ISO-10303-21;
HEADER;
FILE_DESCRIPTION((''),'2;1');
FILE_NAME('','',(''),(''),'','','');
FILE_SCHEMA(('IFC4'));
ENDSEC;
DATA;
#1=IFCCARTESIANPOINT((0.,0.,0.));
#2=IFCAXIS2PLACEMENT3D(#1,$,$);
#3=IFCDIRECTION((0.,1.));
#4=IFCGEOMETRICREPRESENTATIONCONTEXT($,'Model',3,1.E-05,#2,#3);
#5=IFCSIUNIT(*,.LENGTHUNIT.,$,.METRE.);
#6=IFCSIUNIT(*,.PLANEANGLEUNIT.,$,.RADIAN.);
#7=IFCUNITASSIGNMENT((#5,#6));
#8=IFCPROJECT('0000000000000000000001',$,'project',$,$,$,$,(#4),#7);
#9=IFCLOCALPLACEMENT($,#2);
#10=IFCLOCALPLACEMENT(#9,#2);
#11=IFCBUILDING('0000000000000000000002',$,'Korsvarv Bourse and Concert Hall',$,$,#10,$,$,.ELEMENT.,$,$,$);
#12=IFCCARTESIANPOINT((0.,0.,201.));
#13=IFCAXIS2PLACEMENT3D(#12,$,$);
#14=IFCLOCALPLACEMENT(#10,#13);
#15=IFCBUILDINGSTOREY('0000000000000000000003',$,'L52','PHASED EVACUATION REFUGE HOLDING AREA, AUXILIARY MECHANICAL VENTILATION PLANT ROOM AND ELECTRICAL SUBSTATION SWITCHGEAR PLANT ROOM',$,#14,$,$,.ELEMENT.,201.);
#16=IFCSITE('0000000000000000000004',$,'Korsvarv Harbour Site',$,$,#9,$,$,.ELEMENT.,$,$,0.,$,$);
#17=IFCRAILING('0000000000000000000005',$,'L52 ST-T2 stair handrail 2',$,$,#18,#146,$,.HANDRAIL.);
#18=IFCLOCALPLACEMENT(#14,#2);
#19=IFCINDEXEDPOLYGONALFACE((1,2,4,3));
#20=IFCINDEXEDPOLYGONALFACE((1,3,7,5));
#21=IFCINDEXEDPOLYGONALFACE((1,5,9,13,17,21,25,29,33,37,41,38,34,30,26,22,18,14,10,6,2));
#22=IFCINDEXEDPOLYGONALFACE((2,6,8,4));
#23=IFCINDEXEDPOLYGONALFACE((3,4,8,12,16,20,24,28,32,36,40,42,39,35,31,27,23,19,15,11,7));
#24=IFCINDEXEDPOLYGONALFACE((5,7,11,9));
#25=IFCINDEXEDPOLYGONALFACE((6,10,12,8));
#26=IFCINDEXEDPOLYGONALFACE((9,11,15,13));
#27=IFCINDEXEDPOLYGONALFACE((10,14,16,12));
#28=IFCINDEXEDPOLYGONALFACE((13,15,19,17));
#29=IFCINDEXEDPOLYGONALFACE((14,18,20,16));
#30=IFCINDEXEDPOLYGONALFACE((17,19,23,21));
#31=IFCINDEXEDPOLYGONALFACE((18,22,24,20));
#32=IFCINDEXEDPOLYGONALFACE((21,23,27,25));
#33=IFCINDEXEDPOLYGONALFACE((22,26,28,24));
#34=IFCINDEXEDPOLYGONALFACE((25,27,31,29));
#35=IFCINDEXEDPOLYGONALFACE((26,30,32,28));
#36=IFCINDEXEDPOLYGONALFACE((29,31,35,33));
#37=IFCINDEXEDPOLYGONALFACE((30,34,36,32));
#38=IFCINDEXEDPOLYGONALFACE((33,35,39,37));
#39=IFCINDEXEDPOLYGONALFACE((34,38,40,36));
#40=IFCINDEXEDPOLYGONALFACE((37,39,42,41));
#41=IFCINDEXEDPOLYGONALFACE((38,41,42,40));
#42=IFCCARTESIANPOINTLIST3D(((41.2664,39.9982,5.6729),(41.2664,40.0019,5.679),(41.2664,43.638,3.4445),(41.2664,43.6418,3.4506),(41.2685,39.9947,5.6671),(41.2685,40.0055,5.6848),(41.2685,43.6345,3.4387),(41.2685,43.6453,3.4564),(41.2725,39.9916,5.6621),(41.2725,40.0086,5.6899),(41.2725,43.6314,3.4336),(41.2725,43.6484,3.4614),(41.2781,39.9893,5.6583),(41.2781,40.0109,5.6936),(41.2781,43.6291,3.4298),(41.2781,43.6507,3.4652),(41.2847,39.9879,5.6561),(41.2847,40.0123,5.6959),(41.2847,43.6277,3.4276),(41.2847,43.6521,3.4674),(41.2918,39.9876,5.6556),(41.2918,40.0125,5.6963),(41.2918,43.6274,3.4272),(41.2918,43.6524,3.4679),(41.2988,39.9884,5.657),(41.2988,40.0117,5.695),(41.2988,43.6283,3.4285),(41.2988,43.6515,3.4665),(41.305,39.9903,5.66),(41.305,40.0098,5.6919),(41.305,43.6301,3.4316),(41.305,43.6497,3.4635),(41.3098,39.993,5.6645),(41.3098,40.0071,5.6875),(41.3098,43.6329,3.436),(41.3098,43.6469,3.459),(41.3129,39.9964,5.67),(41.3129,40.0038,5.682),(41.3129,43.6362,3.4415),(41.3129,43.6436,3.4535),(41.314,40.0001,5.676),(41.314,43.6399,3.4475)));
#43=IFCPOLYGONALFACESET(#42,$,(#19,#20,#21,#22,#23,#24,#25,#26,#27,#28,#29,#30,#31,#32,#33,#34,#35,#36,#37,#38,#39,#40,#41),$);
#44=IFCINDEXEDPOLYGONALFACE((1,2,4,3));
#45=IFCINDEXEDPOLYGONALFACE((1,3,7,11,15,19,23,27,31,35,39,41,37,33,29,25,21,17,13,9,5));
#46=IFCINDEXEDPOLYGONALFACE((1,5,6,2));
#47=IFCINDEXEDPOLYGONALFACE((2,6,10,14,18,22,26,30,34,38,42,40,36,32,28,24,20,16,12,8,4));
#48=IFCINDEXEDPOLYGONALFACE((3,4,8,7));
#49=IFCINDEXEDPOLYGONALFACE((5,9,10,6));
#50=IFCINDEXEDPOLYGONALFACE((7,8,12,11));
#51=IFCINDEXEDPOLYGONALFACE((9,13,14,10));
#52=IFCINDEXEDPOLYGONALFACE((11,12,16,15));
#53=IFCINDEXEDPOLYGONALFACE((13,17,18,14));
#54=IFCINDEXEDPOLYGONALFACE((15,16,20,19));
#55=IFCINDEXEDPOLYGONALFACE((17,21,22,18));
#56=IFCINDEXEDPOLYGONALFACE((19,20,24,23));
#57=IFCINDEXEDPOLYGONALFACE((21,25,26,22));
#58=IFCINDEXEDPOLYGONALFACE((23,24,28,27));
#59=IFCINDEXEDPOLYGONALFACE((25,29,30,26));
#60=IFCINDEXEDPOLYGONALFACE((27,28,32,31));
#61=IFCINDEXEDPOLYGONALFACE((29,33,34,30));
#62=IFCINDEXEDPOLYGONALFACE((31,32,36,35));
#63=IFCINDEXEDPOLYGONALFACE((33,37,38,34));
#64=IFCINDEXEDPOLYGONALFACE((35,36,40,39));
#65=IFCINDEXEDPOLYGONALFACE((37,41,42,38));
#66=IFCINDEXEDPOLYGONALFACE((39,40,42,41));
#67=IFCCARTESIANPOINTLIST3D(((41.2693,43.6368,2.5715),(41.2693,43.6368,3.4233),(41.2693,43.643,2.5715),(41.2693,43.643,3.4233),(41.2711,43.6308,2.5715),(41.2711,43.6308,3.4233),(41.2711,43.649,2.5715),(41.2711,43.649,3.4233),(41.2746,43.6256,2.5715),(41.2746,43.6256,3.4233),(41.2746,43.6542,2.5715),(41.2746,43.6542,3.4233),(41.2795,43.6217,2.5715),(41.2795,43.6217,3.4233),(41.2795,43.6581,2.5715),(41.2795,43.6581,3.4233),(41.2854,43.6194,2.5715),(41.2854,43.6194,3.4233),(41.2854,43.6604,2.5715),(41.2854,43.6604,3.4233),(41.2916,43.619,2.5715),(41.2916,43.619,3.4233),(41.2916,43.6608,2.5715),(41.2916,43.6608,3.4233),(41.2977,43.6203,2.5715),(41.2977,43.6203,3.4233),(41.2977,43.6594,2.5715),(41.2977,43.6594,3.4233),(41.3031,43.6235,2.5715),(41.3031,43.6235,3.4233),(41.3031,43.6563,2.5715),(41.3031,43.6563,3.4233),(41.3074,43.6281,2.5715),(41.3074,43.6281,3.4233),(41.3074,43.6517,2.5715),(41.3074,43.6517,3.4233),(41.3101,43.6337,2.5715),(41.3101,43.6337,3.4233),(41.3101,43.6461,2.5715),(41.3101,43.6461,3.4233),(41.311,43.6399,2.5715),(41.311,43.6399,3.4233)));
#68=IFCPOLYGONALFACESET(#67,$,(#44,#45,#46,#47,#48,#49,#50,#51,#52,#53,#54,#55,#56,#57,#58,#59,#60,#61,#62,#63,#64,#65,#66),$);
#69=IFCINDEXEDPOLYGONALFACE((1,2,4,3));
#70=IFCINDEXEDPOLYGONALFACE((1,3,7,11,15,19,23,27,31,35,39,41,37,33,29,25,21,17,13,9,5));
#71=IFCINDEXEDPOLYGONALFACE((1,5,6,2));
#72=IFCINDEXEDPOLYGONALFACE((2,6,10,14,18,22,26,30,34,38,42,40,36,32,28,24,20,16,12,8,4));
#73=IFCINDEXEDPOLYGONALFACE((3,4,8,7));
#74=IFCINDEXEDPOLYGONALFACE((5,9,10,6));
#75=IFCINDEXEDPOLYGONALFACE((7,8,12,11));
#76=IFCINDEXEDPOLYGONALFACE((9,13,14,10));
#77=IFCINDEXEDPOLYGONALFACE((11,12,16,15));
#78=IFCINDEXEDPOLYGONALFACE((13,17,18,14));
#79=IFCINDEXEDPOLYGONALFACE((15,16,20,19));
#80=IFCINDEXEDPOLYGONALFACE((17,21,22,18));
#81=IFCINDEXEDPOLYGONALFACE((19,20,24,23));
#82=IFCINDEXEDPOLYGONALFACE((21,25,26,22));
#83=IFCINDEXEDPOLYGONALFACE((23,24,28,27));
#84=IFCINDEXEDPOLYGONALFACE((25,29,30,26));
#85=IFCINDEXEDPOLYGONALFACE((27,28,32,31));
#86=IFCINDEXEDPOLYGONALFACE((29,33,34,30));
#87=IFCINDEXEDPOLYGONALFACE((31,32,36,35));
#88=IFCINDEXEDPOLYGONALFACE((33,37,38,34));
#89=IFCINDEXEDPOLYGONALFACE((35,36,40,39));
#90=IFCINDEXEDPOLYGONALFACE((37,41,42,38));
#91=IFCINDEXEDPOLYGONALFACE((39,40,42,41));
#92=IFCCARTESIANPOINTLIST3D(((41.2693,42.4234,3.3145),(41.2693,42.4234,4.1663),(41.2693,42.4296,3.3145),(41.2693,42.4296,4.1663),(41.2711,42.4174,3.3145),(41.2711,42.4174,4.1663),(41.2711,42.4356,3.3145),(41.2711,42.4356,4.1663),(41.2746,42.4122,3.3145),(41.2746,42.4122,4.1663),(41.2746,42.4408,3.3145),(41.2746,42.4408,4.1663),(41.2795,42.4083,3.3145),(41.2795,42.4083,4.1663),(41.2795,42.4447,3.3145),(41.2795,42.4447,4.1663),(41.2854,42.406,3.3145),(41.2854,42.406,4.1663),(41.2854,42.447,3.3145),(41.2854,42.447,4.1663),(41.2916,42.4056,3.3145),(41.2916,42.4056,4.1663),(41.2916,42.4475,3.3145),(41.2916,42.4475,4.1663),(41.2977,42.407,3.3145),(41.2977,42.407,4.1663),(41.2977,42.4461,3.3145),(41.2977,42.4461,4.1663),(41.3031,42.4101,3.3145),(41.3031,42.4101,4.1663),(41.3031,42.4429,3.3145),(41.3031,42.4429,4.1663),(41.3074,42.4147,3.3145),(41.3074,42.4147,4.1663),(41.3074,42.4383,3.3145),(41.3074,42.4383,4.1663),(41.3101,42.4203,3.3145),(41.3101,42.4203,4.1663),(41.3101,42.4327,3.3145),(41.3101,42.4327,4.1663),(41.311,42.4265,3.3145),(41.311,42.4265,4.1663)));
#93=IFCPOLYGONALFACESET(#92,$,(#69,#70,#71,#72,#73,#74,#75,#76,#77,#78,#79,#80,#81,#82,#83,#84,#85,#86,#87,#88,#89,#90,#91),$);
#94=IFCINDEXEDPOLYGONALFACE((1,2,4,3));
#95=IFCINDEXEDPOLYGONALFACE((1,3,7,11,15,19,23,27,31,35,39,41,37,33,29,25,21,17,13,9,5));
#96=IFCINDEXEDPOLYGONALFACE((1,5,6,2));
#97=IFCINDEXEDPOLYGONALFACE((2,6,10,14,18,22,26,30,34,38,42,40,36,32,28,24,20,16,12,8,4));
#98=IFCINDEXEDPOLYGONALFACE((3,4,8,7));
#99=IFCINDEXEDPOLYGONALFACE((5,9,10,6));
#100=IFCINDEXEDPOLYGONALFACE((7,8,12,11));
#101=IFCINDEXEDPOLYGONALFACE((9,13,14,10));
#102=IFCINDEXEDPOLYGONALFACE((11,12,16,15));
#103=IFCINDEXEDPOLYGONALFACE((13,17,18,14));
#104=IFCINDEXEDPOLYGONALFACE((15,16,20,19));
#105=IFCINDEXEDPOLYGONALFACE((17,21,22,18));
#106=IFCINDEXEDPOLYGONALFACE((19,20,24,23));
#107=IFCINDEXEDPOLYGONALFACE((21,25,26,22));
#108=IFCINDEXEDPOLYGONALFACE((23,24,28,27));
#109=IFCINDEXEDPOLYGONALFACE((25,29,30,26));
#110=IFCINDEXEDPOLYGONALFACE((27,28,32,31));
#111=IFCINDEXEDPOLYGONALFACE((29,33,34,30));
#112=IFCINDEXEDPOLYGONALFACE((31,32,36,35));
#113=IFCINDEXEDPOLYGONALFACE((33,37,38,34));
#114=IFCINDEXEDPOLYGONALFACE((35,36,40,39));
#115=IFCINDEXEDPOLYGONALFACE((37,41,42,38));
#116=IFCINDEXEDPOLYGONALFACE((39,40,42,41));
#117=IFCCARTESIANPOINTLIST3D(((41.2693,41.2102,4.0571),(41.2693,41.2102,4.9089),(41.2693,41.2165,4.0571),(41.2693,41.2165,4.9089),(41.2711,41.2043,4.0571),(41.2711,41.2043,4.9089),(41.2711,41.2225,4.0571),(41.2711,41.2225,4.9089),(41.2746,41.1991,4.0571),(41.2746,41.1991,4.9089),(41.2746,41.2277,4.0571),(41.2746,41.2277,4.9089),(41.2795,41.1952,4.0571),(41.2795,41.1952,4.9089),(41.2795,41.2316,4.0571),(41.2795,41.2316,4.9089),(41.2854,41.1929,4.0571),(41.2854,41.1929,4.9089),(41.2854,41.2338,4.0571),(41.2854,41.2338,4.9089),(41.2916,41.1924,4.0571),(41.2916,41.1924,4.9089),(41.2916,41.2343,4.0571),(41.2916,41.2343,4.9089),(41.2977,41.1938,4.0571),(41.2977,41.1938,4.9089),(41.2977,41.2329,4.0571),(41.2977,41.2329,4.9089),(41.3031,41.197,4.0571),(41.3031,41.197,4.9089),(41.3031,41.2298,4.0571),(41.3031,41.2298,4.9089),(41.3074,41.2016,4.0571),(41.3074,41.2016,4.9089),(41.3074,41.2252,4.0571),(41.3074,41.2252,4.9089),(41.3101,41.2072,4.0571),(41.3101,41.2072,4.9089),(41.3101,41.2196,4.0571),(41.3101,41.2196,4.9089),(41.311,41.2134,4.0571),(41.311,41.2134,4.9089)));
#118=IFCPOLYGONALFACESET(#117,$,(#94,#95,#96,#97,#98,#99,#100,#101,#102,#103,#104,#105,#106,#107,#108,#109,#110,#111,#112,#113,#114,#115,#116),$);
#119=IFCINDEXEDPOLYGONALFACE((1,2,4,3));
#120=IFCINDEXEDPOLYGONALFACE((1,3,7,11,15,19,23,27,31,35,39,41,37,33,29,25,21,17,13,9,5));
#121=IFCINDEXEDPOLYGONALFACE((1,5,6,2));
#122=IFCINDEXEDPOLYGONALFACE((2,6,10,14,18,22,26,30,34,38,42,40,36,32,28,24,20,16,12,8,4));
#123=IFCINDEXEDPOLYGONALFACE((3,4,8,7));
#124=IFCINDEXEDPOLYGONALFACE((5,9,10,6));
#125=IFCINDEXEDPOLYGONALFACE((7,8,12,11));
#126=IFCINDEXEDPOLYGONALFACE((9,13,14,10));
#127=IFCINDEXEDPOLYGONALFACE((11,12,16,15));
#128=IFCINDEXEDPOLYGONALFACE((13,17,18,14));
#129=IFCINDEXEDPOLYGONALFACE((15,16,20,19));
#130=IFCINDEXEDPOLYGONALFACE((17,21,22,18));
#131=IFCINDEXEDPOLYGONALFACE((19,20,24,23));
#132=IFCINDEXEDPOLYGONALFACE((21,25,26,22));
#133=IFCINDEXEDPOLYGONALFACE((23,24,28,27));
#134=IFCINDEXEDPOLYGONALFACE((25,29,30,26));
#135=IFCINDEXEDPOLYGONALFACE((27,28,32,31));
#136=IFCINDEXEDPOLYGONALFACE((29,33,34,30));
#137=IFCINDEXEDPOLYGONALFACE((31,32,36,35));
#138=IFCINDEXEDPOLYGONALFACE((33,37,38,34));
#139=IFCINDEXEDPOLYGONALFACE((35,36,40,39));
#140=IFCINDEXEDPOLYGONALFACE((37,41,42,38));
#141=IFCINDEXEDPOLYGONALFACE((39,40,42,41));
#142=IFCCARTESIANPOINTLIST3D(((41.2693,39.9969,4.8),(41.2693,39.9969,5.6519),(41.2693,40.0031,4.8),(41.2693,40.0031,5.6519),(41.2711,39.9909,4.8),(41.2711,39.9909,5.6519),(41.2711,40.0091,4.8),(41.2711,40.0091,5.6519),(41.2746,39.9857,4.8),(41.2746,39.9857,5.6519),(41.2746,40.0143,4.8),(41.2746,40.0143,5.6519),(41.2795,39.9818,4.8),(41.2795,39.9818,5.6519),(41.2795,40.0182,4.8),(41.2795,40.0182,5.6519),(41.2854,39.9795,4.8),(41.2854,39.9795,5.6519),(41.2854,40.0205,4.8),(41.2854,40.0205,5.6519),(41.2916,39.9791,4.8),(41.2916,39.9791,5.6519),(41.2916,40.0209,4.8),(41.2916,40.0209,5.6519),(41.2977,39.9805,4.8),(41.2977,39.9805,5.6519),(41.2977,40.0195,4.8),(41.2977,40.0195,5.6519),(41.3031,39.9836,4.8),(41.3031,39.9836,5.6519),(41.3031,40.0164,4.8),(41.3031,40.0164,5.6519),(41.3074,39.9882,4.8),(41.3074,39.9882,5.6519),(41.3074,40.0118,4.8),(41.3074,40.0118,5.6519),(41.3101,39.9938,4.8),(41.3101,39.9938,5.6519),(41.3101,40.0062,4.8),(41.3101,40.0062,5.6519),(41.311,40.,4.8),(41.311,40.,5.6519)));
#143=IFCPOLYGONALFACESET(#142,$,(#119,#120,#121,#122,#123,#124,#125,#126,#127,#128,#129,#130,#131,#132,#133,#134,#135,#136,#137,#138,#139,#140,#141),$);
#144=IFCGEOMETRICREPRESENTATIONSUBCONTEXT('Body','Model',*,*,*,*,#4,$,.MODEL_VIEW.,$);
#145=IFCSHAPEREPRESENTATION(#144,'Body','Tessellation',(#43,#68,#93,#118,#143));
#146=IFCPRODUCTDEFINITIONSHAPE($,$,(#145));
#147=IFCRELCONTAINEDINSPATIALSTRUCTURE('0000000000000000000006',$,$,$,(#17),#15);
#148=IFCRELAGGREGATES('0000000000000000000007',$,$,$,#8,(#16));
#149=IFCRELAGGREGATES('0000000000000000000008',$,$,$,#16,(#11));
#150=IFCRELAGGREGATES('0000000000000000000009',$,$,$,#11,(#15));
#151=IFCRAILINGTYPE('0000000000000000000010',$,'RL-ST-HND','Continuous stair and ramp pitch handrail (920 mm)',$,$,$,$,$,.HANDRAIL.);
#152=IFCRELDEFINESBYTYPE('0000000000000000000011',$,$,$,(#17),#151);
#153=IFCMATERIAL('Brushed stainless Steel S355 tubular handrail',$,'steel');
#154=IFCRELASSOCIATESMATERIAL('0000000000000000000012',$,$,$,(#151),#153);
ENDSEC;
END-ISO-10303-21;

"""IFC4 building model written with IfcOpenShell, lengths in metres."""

from ifc_helpers import new_model, si_unit, direction, frame, origin, origin_2d, place, context, subcontext, project, spatial, circle, extrude, material, type_object, element, save


model = new_model("IFC4")

# Units and contexts
model_context = context("Model", 3, precision=1e-05, world=origin(), true_north=direction((0.0, 1.0)))
body_context = subcontext(model_context, "Body", "Model", "MODEL_VIEW")
ifc_project = project(units=[si_unit("LENGTHUNIT", "METRE"), si_unit("PLANEANGLEUNIT", "RADIAN")], contexts=[model_context])

# Site, building, storey
site_placement = place(None, origin())
site = spatial("IfcSite", under=ifc_project, at=site_placement, Name="Korsvarv Harbour Site", CompositionType="ELEMENT", RefElevation=0.0)
building_placement = place(site_placement, origin())
building = spatial("IfcBuilding", under=site, at=building_placement, Name="Korsvarv Bourse and Concert Hall", CompositionType="ELEMENT")
storey_placement = place(building_placement, frame((0.0, 0.0, 201.0)))
storey = spatial("IfcBuildingStorey", under=building, at=storey_placement, Name="L52", Description="PHASED EVACUATION REFUGE HOLDING AREA, AUXILIARY MECHANICAL VENTILATION PLANT ROOM AND ELECTRICAL SUBSTATION SWITCHGEAR PLANT ROOM", CompositionType="ELEMENT", Elevation=201.0)

# Railing
ifc_material_1 = material(Name="Brushed stainless Steel S355 tubular handrail", Category="steel")
railing_type_1 = type_object("IfcRailingType", Name="RL-ST-HND", Description="Continuous stair and ramp pitch handrail (920 mm)", PredefinedType="HANDRAIL", material=ifc_material_1)
railing_1_placement = place(storey_placement, frame((41.29, 43.6399, 2.5715)))
element("IfcRailing", 1, at=railing_1_placement, inside=storey, type_object=railing_type_1, Name="L52 ST-T2 stair handrail 2", PredefinedType="HANDRAIL", context=body_context, shape_type="SweptSolid", body=[
    extrude(circle(Radius=0.0239, at=origin_2d()), frame((0.0, 0.0, 0.876), z_axis=(0.0, -0.85285, 0.522156), x_axis=(1.0, 0.0, 0.0)), (0.0, 0.0, 1.0), 4.2678),
    extrude(circle(Radius=0.021, at=origin_2d()), origin(), (0.0, 0.0, 1.0), 0.8518),
    extrude(circle(Radius=0.021, at=origin_2d()), frame((0.0, -1.2134, 0.7429)), (0.0, 0.0, 1.0), 0.8518),
    extrude(circle(Radius=0.021, at=origin_2d()), frame((0.0, -2.4265, 1.4856)), (0.0, 0.0, 1.0), 0.8518),
    extrude(circle(Radius=0.021, at=origin_2d()), frame((0.0, -3.6399, 2.2285)), (0.0, 0.0, 1.0), 0.8518),
])

save(model, "model.ifc")
